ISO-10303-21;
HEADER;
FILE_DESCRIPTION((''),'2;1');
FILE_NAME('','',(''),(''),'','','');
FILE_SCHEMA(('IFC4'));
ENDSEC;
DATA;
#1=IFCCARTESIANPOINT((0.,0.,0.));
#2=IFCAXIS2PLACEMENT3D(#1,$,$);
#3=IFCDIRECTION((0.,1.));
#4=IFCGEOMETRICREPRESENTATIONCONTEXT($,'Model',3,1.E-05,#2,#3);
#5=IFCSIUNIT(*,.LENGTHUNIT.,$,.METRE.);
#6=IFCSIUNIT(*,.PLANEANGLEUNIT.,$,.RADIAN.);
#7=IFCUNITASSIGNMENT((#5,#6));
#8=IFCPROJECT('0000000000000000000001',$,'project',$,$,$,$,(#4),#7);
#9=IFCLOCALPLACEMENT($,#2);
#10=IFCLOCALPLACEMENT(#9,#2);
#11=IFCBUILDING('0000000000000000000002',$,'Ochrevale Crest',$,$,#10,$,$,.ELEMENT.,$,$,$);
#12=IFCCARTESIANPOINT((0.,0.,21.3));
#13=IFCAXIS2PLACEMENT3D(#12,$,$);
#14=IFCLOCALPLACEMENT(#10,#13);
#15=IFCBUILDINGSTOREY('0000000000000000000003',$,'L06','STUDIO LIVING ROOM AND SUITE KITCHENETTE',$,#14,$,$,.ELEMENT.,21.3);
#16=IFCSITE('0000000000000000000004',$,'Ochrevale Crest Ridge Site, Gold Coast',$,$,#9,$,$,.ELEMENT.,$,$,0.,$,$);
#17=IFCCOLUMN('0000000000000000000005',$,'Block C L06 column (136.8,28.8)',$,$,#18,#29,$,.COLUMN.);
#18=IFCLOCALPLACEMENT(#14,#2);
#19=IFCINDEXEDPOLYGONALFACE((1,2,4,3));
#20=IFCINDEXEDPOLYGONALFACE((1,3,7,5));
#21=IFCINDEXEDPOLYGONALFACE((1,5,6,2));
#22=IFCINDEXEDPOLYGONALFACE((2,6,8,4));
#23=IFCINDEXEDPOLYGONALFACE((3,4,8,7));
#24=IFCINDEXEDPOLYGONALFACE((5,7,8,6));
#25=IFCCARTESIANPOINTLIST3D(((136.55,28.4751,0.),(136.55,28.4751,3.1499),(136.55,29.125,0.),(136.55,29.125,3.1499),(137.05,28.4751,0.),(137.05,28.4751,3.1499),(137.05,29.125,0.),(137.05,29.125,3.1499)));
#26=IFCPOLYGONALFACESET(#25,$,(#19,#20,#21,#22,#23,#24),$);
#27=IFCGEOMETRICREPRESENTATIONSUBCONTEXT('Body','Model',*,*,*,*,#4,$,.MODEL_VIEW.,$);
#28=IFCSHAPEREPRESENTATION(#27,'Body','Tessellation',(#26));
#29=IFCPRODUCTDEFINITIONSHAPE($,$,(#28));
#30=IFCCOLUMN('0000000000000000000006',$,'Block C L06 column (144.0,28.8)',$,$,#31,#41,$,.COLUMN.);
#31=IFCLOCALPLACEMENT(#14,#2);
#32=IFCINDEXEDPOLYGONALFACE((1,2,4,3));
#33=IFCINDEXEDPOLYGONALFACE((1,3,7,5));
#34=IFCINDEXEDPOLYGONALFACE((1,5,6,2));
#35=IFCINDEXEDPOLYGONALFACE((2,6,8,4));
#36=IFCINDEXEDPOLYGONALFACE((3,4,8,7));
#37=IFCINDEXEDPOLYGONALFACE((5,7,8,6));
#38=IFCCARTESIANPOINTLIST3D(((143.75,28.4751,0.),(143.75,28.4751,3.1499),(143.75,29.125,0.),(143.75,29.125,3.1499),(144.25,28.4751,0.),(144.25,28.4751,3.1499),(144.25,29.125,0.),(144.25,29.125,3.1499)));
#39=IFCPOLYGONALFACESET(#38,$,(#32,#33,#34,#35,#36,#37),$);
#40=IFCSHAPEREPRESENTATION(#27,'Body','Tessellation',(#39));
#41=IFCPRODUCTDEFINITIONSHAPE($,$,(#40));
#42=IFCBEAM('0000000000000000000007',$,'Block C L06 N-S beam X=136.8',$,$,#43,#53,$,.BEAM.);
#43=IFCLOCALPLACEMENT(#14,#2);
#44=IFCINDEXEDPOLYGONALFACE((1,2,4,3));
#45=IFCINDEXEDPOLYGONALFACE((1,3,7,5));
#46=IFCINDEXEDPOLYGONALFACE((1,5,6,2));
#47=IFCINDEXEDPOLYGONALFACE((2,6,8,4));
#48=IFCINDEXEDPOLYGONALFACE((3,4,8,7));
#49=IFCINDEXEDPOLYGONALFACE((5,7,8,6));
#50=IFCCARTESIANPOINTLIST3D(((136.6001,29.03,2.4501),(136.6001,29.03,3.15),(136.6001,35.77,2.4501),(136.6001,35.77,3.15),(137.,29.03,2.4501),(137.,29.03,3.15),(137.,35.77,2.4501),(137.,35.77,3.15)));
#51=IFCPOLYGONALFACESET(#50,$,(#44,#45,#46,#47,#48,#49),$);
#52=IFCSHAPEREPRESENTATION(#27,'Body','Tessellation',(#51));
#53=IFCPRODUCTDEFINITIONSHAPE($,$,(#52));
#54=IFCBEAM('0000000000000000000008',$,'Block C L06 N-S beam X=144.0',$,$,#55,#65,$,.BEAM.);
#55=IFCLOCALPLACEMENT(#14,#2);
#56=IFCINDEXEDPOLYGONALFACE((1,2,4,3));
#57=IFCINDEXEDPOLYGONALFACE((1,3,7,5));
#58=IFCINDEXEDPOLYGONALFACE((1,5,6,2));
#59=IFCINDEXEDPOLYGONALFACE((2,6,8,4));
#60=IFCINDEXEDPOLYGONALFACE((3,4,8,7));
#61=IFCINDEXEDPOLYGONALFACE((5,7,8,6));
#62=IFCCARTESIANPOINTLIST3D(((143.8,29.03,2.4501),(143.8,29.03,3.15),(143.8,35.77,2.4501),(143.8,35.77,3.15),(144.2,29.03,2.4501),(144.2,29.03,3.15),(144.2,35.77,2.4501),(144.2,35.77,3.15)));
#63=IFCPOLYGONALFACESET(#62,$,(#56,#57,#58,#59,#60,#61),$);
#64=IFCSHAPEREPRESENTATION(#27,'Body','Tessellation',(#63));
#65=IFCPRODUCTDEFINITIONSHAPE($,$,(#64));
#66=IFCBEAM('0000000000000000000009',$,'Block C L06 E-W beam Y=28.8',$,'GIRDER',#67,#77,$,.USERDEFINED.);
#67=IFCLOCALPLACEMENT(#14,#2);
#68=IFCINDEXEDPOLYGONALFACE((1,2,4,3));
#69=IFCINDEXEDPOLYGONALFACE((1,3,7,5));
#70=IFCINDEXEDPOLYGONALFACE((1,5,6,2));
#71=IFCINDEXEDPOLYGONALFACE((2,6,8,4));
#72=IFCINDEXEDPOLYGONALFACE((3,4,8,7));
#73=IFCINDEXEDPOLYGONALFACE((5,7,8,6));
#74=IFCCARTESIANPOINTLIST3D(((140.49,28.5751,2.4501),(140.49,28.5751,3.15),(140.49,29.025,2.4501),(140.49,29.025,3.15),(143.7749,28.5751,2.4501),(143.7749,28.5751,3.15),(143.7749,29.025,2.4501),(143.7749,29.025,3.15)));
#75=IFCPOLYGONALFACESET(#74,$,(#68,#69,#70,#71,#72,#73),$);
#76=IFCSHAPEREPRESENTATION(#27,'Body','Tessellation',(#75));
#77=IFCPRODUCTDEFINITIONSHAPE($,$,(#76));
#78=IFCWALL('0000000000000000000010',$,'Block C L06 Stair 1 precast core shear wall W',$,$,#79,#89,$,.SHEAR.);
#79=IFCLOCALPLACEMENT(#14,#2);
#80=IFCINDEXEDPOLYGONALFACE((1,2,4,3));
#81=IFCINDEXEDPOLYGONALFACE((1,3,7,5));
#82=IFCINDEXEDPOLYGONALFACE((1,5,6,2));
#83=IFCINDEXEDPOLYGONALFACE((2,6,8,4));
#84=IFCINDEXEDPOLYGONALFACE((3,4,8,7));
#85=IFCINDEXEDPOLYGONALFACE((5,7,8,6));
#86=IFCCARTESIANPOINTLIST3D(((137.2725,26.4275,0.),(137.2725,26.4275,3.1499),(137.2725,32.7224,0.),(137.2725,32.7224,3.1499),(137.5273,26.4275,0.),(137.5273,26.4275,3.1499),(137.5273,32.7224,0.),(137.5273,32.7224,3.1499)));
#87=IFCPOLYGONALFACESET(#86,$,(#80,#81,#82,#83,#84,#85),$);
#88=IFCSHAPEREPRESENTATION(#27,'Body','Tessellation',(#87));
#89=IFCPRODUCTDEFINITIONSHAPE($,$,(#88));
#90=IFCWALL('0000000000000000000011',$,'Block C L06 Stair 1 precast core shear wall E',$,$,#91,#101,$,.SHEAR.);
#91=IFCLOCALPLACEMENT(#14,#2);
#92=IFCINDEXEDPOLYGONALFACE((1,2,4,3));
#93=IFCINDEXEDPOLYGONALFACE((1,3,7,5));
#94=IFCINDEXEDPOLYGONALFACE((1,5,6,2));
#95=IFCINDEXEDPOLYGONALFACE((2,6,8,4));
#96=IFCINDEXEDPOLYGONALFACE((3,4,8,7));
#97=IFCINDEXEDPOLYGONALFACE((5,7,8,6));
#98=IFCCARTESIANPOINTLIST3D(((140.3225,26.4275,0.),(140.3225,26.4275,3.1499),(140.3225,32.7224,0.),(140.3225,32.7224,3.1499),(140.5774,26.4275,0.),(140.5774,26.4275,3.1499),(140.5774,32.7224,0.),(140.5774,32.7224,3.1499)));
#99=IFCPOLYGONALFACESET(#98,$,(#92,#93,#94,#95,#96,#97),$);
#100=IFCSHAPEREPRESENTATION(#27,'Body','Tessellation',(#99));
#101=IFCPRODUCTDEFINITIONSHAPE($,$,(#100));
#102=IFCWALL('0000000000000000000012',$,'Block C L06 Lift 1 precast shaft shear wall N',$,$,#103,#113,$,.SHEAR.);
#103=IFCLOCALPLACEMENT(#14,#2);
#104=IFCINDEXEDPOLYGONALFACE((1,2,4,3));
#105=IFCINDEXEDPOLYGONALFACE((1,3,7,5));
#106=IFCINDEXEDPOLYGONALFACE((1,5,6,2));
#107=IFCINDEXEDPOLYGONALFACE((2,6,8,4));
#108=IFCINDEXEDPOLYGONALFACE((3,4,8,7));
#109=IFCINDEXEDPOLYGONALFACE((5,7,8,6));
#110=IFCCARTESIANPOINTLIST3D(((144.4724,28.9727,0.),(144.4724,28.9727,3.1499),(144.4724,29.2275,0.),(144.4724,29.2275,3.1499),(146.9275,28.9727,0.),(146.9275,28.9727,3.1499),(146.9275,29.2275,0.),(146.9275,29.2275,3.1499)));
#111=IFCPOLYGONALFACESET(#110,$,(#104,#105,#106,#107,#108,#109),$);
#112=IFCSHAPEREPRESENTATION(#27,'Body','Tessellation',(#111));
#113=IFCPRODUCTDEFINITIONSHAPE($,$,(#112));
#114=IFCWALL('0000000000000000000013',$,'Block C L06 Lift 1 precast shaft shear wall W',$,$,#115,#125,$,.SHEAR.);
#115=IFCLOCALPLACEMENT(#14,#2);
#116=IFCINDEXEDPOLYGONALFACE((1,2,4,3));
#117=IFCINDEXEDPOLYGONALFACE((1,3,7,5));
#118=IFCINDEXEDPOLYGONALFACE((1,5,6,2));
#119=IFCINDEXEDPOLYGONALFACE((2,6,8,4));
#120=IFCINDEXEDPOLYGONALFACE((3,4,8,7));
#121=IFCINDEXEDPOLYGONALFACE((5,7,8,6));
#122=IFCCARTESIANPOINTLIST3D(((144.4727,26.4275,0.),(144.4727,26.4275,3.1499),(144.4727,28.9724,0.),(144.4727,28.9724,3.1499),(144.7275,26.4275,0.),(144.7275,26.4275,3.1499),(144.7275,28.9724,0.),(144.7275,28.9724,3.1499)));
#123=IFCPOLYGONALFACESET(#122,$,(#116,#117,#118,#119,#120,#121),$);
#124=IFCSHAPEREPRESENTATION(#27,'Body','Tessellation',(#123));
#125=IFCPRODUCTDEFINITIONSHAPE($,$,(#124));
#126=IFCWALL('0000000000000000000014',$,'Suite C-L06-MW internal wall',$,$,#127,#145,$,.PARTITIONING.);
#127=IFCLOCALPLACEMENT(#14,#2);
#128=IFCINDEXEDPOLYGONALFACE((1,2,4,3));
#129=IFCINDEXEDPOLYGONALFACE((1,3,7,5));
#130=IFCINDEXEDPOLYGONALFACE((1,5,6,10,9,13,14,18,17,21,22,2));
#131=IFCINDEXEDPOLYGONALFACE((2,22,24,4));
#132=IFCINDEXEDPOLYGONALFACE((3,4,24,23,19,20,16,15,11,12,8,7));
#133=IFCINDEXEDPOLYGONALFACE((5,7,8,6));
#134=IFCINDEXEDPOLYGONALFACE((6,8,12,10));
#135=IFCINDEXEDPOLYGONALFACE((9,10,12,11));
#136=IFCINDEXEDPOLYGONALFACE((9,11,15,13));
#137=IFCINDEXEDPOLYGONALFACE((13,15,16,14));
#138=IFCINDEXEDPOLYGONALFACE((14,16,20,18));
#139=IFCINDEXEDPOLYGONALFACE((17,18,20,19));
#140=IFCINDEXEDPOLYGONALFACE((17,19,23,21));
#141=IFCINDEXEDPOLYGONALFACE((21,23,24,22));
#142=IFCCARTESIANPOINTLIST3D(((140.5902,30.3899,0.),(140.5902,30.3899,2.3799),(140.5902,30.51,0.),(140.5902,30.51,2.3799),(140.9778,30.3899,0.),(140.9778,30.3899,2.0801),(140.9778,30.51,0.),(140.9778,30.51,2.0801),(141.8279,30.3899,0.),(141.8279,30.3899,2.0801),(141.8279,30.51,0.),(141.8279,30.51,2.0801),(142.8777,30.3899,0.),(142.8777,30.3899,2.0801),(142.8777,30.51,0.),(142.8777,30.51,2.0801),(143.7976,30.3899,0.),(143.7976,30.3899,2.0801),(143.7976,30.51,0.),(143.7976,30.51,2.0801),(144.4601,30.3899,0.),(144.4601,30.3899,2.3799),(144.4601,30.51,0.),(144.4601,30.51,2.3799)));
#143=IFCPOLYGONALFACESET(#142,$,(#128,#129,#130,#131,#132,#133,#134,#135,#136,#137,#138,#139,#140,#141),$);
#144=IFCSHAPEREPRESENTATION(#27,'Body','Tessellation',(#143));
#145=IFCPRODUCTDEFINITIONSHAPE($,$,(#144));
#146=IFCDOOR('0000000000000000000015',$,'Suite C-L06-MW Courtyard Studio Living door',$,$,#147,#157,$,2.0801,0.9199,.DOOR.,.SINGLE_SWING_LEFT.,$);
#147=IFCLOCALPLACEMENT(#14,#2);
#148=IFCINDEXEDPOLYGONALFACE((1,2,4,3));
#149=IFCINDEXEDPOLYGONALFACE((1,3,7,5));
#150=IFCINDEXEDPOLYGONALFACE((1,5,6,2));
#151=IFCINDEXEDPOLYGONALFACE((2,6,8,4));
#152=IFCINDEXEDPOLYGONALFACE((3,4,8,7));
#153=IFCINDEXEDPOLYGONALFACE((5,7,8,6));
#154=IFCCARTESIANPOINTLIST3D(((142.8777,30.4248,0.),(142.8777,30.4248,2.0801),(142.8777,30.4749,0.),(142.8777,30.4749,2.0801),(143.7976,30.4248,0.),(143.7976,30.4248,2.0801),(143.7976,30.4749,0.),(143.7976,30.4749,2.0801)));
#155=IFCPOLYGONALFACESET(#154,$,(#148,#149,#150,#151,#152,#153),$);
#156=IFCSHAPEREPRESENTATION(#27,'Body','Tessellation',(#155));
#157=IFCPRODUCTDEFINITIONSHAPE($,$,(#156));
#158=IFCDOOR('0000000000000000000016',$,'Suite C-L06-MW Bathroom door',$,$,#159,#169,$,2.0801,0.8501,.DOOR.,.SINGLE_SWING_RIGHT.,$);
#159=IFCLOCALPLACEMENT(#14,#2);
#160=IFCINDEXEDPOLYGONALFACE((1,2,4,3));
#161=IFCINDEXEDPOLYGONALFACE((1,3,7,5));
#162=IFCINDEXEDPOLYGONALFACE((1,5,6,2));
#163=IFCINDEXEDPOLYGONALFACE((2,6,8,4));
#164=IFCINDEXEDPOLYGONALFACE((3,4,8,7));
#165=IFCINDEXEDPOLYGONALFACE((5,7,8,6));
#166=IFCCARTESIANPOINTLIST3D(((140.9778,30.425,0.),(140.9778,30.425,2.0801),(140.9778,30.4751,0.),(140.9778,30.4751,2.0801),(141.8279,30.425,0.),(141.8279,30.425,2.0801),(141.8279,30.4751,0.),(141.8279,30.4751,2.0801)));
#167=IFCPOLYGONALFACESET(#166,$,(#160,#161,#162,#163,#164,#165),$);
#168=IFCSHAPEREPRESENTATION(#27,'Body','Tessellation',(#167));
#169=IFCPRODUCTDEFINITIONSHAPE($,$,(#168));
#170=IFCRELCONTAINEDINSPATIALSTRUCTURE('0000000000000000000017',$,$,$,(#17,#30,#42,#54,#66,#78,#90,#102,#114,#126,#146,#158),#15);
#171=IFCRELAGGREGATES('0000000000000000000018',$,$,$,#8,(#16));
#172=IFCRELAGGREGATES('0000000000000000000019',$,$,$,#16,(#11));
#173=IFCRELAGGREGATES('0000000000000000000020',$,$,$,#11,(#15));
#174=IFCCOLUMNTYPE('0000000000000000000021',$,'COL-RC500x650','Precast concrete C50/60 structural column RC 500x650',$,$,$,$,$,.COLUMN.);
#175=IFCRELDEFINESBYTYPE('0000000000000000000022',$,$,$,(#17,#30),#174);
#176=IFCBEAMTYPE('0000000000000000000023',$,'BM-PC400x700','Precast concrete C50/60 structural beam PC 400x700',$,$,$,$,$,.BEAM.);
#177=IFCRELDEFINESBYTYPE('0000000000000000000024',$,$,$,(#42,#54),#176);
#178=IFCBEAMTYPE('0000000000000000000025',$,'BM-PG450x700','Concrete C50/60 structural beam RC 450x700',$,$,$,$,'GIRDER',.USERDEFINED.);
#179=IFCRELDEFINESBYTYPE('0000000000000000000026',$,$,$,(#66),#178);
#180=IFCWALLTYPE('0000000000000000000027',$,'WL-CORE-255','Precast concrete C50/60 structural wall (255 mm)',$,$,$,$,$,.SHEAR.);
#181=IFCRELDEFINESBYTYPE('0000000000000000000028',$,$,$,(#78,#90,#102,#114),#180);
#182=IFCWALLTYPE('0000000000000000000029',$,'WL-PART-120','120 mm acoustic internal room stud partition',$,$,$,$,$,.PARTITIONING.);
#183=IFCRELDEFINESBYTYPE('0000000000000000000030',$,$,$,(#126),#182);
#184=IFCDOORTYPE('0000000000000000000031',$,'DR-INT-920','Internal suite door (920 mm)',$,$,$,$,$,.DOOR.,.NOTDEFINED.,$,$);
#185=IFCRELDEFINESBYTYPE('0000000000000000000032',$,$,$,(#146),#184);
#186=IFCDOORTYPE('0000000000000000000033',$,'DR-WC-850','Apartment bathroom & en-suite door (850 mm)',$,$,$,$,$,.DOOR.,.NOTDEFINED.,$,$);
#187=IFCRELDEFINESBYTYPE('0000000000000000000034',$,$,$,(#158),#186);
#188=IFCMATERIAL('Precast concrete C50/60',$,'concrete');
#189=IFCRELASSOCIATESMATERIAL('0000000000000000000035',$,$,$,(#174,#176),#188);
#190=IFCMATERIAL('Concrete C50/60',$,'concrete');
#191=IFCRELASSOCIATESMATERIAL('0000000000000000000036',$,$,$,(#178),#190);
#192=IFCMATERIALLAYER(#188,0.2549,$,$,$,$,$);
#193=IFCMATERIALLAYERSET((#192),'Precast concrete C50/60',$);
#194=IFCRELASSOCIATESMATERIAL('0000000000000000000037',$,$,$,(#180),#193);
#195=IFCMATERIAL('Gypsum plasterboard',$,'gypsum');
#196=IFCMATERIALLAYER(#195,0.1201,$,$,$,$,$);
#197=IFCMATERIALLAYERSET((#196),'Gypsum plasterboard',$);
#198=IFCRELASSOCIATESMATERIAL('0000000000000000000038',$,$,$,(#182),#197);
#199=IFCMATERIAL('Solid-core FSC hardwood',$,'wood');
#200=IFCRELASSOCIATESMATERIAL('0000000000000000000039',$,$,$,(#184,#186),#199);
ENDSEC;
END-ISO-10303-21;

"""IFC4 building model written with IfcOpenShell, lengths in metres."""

from ifc_helpers import new_model, si_unit, direction, frame, frame_2d, origin, origin_2d, place, context, subcontext, project, spatial, rectangle, extrude, material, layer, layer_set, material_profile, profile_set, type_object, element, fill, save


model = new_model("IFC4")

# Units and contexts
model_context = context("Model", 3, precision=1e-05, world=origin(), true_north=direction((0.0, 1.0)))
body_context = subcontext(model_context, "Body", "Model", "MODEL_VIEW")
ifc_project = project(units=[si_unit("LENGTHUNIT", "METRE"), si_unit("PLANEANGLEUNIT", "RADIAN")], contexts=[model_context])

# Site, building, storey
site_placement = place(None, origin())
site = spatial("IfcSite", under=ifc_project, at=site_placement, Name="Ochrevale Crest Ridge Site, Gold Coast", CompositionType="ELEMENT", RefElevation=0.0)
building_placement = place(site_placement, origin())
building = spatial("IfcBuilding", under=site, at=building_placement, Name="Ochrevale Crest", CompositionType="ELEMENT")
storey_placement = place(building_placement, frame((0.0, 0.0, 21.3)))
storey = spatial("IfcBuildingStorey", under=building, at=storey_placement, Name="L06", Description="STUDIO LIVING ROOM AND SUITE KITCHENETTE", CompositionType="ELEMENT", Elevation=21.3)

# Columns
ifc_material_1 = material(Name="Precast concrete C50/60", Category="concrete")
ifc_material_profile_1 = material_profile(ifc_material_1, rectangle(XDim=0.5, YDim=0.6499, at=origin_2d()), Name="RC 500x650")
ifc_profile_set_1 = profile_set([ifc_material_profile_1], Name="Precast concrete C50/60")
column_type = type_object("IfcColumnType", Name="COL-RC500x650", Description="Precast concrete C50/60 structural column RC 500x650", PredefinedType="COLUMN", material=ifc_profile_set_1)
for number, where, z_axis, x_axis, name in (
    (1, (136.8, 28.8, 0.0), (0.0, 0.0, 1.0), (1.0, 0.0, 0.0), "Block C L06 column (136.8,28.8)"),
    (2, (144.0, 28.8, 0.0), (0.0, 0.0, 1.0), (1.0, 0.0, 0.0), "Block C L06 column (144.0,28.8)"),
):
    element("IfcColumn", number, at=place(storey_placement, frame(where, z_axis=z_axis, x_axis=x_axis)), inside=storey, type_object=column_type, Name=name, PredefinedType="COLUMN", context=body_context, shape_type="SweptSolid", body=[
        extrude(rectangle(XDim=0.5, YDim=0.6499, at=origin_2d()), origin(), (0.0, 0.0, 1.0), 3.1499),
    ])

# Beams
ifc_material_profile_2 = material_profile(ifc_material_1, rectangle(XDim=0.3999, YDim=0.7, at=origin_2d()), Name="PC 400x700")
ifc_profile_set_2 = profile_set([ifc_material_profile_2], Name="Precast concrete C50/60")
beam_type_1 = type_object("IfcBeamType", Name="BM-PC400x700", Description="Precast concrete C50/60 structural beam PC 400x700", PredefinedType="BEAM", material=ifc_profile_set_2)
for number, where, z_axis, x_axis, name in (
    (3, (136.8, 29.03, 2.8), (0.0, 1.0, 0.0), (-1.0, 0.0, 0.0), "Block C L06 N-S beam X=136.8"),
    (4, (144.0, 29.03, 2.8), (0.0, 1.0, 0.0), (-1.0, 0.0, 0.0), "Block C L06 N-S beam X=144.0"),
):
    element("IfcBeam", number, at=place(storey_placement, frame(where, z_axis=z_axis, x_axis=x_axis)), inside=storey, type_object=beam_type_1, Name=name, PredefinedType="BEAM", context=body_context, shape_type="SweptSolid", body=[
        extrude(rectangle(XDim=0.3999, YDim=0.7, at=origin_2d()), origin(), (0.0, 0.0, 1.0), 6.74),
    ])
ifc_material_2 = material(Name="Concrete C50/60", Category="concrete")
ifc_material_profile_3 = material_profile(ifc_material_2, rectangle(XDim=0.45, YDim=0.7, at=origin_2d()), Name="RC 450x700")
ifc_profile_set_3 = profile_set([ifc_material_profile_3], Name="Concrete C50/60")
beam_type_2 = type_object("IfcBeamType", Name="BM-PG450x700", Description="Concrete C50/60 structural beam RC 450x700", ElementType="GIRDER", PredefinedType="USERDEFINED", material=ifc_profile_set_3)
beam_placement = place(storey_placement, frame((140.49, 28.8, 2.8), z_axis=(1.0, 0.0, 0.0), x_axis=(0.0, 1.0, 0.0)))
element("IfcBeam", 5, at=beam_placement, inside=storey, type_object=beam_type_2, Name="Block C L06 E-W beam Y=28.8", ObjectType="GIRDER", PredefinedType="USERDEFINED", context=body_context, shape_type="SweptSolid", body=[
    extrude(rectangle(XDim=0.45, YDim=0.7, at=origin_2d()), origin(), (0.0, 0.0, 1.0), 3.2849),
])

# Shared definitions
ifc_layer_1 = layer(ifc_material_1, 0.2549)
ifc_layer_set_1 = layer_set([ifc_layer_1], Name="Precast concrete C50/60")
wall_type_1 = type_object("IfcWallType", Name="WL-CORE-255", Description="Precast concrete C50/60 structural wall (255 mm)", PredefinedType="SHEAR", material=ifc_layer_set_1)
ifc_material_3 = material(Name="Solid-core FSC hardwood", Category="wood")

# Walls
for number, where, z_axis, x_axis, name in (
    (6, (137.3999, 26.4275, 0.0), (0.0, 0.0, 1.0), (0.0, 1.0, 0.0), "Block C L06 Stair 1 precast core shear wall W"),
    (7, (140.45, 26.4275, 0.0), (0.0, 0.0, 1.0), (0.0, 1.0, 0.0), "Block C L06 Stair 1 precast core shear wall E"),
):
    element("IfcWall", number, at=place(storey_placement, frame(where, z_axis=z_axis, x_axis=x_axis)), inside=storey, type_object=wall_type_1, Name=name, PredefinedType="SHEAR", context=body_context, shape_type="SweptSolid", body=[
        extrude(rectangle(XDim=6.2949, YDim=0.2549, at=frame_2d((3.1475, 0.0))), origin(), (0.0, 0.0, 1.0), 3.1499),
    ])

# Walls
wall_1_placement = place(storey_placement, frame((144.4724, 29.1001, 0.0), z_axis=(0.0, 0.0, 1.0), x_axis=(1.0, 0.0, 0.0)))
element("IfcWall", 8, at=wall_1_placement, inside=storey, type_object=wall_type_1, Name="Block C L06 Lift 1 precast shaft shear wall N", PredefinedType="SHEAR", context=body_context, shape_type="SweptSolid", body=[
    extrude(rectangle(XDim=2.4551, YDim=0.2549, at=frame_2d((1.2275, 0.0))), origin(), (0.0, 0.0, 1.0), 3.1499),
])
wall_2_placement = place(storey_placement, frame((144.6001, 26.4275, 0.0), z_axis=(0.0, 0.0, 1.0), x_axis=(0.0, 1.0, 0.0)))
element("IfcWall", 9, at=wall_2_placement, inside=storey, type_object=wall_type_1, Name="Block C L06 Lift 1 precast shaft shear wall W", PredefinedType="SHEAR", context=body_context, shape_type="SweptSolid", body=[
    extrude(rectangle(XDim=2.5449, YDim=0.2549, at=frame_2d((1.2725, 0.0))), origin(), (0.0, 0.0, 1.0), 3.1499),
])

# Wall, openings, doors
ifc_material_4 = material(Name="Gypsum plasterboard", Category="gypsum")
ifc_layer_2 = layer(ifc_material_4, 0.1201)
ifc_layer_set_2 = layer_set([ifc_layer_2], Name="Gypsum plasterboard")
wall_type_2 = type_object("IfcWallType", Name="WL-PART-120", Description="120 mm acoustic internal room stud partition", PredefinedType="PARTITIONING", material=ifc_layer_set_2)
wall_3_placement = place(storey_placement, frame((140.5901, 30.45, 0.0), z_axis=(0.0, 0.0, 1.0), x_axis=(1.0, 0.0, 0.0)))
wall_3 = element("IfcWall", 10, at=wall_3_placement, inside=storey, type_object=wall_type_2, Name="Suite C-L06-MW internal wall", PredefinedType="PARTITIONING", context=body_context, shape_type="SweptSolid", body=[
    extrude(rectangle(XDim=3.8699, YDim=0.1201, at=frame_2d((1.9351, 0.0))), origin(), (0.0, 0.0, 1.0), 2.3799),
])
opening_1_placement = place(wall_3_placement, frame((1.2378, 0.0, 0.0), z_axis=(0.0, 0.0, 1.0), x_axis=(-1.0, 0.0, 0.0)))
opening_1 = element("IfcOpeningElement", 11, at=opening_1_placement, cuts=wall_3, PredefinedType="OPENING", context=body_context, shape_type="SweptSolid", body=[
    extrude(rectangle(XDim=0.8501, YDim=2.0801, at=frame_2d((0.425, 1.04))), frame((0.0, 0.0701, 0.0), z_axis=(0.0, -1.0, 0.0), x_axis=(1.0, 0.0, 0.0)), (0.0, 0.0, 1.0), 0.1401),
])
opening_2_placement = place(wall_3_placement, frame((2.2876, 0.0, 0.0)))
opening_2 = element("IfcOpeningElement", 12, at=opening_2_placement, cuts=wall_3, PredefinedType="OPENING", context=body_context, shape_type="SweptSolid", body=[
    extrude(rectangle(XDim=0.9199, YDim=2.0801, at=frame_2d((0.46, 1.04))), frame((0.0, 0.0701, 0.0), z_axis=(0.0, -1.0, 0.0), x_axis=(1.0, 0.0, 0.0)), (0.0, 0.0, 1.0), 0.1401),
])
door_type_1 = type_object("IfcDoorType", Name="DR-INT-920", Description="Internal suite door (920 mm)", OperationType="NOTDEFINED", PredefinedType="DOOR", material=ifc_material_3)
door_1_placement = place(opening_2_placement, origin())
door_1 = element("IfcDoor", 13, at=door_1_placement, inside=storey, type_object=door_type_1, Name="Suite C-L06-MW Courtyard Studio Living door", OperationType="SINGLE_SWING_LEFT", OverallHeight=2.0801, OverallWidth=0.9199, PredefinedType="DOOR", context=body_context, shape_type="SweptSolid", body=[
    extrude(rectangle(XDim=0.9199, YDim=2.0801, at=frame_2d((0.46, 1.04))), frame((0.0, 0.0249, 0.0), z_axis=(0.0, -1.0, 0.0), x_axis=(1.0, 0.0, 0.0)), (0.0, 0.0, 1.0), 0.05),
])
fill(opening_2, door_1)
door_type_2 = type_object("IfcDoorType", Name="DR-WC-850", Description="Apartment bathroom & en-suite door (850 mm)", OperationType="NOTDEFINED", PredefinedType="DOOR", material=ifc_material_3)
door_2_placement = place(opening_1_placement, origin())
door_2 = element("IfcDoor", 14, at=door_2_placement, inside=storey, type_object=door_type_2, Name="Suite C-L06-MW Bathroom door", OperationType="SINGLE_SWING_RIGHT", OverallHeight=2.0801, OverallWidth=0.8501, PredefinedType="DOOR", context=body_context, shape_type="SweptSolid", body=[
    extrude(rectangle(XDim=0.8501, YDim=2.0801, at=frame_2d((0.425, 1.04))), frame((0.0, 0.0249, 0.0), z_axis=(0.0, -1.0, 0.0), x_axis=(1.0, 0.0, 0.0)), (0.0, 0.0, 1.0), 0.05),
])
fill(opening_1, door_2)

save(model, "model.ifc")
